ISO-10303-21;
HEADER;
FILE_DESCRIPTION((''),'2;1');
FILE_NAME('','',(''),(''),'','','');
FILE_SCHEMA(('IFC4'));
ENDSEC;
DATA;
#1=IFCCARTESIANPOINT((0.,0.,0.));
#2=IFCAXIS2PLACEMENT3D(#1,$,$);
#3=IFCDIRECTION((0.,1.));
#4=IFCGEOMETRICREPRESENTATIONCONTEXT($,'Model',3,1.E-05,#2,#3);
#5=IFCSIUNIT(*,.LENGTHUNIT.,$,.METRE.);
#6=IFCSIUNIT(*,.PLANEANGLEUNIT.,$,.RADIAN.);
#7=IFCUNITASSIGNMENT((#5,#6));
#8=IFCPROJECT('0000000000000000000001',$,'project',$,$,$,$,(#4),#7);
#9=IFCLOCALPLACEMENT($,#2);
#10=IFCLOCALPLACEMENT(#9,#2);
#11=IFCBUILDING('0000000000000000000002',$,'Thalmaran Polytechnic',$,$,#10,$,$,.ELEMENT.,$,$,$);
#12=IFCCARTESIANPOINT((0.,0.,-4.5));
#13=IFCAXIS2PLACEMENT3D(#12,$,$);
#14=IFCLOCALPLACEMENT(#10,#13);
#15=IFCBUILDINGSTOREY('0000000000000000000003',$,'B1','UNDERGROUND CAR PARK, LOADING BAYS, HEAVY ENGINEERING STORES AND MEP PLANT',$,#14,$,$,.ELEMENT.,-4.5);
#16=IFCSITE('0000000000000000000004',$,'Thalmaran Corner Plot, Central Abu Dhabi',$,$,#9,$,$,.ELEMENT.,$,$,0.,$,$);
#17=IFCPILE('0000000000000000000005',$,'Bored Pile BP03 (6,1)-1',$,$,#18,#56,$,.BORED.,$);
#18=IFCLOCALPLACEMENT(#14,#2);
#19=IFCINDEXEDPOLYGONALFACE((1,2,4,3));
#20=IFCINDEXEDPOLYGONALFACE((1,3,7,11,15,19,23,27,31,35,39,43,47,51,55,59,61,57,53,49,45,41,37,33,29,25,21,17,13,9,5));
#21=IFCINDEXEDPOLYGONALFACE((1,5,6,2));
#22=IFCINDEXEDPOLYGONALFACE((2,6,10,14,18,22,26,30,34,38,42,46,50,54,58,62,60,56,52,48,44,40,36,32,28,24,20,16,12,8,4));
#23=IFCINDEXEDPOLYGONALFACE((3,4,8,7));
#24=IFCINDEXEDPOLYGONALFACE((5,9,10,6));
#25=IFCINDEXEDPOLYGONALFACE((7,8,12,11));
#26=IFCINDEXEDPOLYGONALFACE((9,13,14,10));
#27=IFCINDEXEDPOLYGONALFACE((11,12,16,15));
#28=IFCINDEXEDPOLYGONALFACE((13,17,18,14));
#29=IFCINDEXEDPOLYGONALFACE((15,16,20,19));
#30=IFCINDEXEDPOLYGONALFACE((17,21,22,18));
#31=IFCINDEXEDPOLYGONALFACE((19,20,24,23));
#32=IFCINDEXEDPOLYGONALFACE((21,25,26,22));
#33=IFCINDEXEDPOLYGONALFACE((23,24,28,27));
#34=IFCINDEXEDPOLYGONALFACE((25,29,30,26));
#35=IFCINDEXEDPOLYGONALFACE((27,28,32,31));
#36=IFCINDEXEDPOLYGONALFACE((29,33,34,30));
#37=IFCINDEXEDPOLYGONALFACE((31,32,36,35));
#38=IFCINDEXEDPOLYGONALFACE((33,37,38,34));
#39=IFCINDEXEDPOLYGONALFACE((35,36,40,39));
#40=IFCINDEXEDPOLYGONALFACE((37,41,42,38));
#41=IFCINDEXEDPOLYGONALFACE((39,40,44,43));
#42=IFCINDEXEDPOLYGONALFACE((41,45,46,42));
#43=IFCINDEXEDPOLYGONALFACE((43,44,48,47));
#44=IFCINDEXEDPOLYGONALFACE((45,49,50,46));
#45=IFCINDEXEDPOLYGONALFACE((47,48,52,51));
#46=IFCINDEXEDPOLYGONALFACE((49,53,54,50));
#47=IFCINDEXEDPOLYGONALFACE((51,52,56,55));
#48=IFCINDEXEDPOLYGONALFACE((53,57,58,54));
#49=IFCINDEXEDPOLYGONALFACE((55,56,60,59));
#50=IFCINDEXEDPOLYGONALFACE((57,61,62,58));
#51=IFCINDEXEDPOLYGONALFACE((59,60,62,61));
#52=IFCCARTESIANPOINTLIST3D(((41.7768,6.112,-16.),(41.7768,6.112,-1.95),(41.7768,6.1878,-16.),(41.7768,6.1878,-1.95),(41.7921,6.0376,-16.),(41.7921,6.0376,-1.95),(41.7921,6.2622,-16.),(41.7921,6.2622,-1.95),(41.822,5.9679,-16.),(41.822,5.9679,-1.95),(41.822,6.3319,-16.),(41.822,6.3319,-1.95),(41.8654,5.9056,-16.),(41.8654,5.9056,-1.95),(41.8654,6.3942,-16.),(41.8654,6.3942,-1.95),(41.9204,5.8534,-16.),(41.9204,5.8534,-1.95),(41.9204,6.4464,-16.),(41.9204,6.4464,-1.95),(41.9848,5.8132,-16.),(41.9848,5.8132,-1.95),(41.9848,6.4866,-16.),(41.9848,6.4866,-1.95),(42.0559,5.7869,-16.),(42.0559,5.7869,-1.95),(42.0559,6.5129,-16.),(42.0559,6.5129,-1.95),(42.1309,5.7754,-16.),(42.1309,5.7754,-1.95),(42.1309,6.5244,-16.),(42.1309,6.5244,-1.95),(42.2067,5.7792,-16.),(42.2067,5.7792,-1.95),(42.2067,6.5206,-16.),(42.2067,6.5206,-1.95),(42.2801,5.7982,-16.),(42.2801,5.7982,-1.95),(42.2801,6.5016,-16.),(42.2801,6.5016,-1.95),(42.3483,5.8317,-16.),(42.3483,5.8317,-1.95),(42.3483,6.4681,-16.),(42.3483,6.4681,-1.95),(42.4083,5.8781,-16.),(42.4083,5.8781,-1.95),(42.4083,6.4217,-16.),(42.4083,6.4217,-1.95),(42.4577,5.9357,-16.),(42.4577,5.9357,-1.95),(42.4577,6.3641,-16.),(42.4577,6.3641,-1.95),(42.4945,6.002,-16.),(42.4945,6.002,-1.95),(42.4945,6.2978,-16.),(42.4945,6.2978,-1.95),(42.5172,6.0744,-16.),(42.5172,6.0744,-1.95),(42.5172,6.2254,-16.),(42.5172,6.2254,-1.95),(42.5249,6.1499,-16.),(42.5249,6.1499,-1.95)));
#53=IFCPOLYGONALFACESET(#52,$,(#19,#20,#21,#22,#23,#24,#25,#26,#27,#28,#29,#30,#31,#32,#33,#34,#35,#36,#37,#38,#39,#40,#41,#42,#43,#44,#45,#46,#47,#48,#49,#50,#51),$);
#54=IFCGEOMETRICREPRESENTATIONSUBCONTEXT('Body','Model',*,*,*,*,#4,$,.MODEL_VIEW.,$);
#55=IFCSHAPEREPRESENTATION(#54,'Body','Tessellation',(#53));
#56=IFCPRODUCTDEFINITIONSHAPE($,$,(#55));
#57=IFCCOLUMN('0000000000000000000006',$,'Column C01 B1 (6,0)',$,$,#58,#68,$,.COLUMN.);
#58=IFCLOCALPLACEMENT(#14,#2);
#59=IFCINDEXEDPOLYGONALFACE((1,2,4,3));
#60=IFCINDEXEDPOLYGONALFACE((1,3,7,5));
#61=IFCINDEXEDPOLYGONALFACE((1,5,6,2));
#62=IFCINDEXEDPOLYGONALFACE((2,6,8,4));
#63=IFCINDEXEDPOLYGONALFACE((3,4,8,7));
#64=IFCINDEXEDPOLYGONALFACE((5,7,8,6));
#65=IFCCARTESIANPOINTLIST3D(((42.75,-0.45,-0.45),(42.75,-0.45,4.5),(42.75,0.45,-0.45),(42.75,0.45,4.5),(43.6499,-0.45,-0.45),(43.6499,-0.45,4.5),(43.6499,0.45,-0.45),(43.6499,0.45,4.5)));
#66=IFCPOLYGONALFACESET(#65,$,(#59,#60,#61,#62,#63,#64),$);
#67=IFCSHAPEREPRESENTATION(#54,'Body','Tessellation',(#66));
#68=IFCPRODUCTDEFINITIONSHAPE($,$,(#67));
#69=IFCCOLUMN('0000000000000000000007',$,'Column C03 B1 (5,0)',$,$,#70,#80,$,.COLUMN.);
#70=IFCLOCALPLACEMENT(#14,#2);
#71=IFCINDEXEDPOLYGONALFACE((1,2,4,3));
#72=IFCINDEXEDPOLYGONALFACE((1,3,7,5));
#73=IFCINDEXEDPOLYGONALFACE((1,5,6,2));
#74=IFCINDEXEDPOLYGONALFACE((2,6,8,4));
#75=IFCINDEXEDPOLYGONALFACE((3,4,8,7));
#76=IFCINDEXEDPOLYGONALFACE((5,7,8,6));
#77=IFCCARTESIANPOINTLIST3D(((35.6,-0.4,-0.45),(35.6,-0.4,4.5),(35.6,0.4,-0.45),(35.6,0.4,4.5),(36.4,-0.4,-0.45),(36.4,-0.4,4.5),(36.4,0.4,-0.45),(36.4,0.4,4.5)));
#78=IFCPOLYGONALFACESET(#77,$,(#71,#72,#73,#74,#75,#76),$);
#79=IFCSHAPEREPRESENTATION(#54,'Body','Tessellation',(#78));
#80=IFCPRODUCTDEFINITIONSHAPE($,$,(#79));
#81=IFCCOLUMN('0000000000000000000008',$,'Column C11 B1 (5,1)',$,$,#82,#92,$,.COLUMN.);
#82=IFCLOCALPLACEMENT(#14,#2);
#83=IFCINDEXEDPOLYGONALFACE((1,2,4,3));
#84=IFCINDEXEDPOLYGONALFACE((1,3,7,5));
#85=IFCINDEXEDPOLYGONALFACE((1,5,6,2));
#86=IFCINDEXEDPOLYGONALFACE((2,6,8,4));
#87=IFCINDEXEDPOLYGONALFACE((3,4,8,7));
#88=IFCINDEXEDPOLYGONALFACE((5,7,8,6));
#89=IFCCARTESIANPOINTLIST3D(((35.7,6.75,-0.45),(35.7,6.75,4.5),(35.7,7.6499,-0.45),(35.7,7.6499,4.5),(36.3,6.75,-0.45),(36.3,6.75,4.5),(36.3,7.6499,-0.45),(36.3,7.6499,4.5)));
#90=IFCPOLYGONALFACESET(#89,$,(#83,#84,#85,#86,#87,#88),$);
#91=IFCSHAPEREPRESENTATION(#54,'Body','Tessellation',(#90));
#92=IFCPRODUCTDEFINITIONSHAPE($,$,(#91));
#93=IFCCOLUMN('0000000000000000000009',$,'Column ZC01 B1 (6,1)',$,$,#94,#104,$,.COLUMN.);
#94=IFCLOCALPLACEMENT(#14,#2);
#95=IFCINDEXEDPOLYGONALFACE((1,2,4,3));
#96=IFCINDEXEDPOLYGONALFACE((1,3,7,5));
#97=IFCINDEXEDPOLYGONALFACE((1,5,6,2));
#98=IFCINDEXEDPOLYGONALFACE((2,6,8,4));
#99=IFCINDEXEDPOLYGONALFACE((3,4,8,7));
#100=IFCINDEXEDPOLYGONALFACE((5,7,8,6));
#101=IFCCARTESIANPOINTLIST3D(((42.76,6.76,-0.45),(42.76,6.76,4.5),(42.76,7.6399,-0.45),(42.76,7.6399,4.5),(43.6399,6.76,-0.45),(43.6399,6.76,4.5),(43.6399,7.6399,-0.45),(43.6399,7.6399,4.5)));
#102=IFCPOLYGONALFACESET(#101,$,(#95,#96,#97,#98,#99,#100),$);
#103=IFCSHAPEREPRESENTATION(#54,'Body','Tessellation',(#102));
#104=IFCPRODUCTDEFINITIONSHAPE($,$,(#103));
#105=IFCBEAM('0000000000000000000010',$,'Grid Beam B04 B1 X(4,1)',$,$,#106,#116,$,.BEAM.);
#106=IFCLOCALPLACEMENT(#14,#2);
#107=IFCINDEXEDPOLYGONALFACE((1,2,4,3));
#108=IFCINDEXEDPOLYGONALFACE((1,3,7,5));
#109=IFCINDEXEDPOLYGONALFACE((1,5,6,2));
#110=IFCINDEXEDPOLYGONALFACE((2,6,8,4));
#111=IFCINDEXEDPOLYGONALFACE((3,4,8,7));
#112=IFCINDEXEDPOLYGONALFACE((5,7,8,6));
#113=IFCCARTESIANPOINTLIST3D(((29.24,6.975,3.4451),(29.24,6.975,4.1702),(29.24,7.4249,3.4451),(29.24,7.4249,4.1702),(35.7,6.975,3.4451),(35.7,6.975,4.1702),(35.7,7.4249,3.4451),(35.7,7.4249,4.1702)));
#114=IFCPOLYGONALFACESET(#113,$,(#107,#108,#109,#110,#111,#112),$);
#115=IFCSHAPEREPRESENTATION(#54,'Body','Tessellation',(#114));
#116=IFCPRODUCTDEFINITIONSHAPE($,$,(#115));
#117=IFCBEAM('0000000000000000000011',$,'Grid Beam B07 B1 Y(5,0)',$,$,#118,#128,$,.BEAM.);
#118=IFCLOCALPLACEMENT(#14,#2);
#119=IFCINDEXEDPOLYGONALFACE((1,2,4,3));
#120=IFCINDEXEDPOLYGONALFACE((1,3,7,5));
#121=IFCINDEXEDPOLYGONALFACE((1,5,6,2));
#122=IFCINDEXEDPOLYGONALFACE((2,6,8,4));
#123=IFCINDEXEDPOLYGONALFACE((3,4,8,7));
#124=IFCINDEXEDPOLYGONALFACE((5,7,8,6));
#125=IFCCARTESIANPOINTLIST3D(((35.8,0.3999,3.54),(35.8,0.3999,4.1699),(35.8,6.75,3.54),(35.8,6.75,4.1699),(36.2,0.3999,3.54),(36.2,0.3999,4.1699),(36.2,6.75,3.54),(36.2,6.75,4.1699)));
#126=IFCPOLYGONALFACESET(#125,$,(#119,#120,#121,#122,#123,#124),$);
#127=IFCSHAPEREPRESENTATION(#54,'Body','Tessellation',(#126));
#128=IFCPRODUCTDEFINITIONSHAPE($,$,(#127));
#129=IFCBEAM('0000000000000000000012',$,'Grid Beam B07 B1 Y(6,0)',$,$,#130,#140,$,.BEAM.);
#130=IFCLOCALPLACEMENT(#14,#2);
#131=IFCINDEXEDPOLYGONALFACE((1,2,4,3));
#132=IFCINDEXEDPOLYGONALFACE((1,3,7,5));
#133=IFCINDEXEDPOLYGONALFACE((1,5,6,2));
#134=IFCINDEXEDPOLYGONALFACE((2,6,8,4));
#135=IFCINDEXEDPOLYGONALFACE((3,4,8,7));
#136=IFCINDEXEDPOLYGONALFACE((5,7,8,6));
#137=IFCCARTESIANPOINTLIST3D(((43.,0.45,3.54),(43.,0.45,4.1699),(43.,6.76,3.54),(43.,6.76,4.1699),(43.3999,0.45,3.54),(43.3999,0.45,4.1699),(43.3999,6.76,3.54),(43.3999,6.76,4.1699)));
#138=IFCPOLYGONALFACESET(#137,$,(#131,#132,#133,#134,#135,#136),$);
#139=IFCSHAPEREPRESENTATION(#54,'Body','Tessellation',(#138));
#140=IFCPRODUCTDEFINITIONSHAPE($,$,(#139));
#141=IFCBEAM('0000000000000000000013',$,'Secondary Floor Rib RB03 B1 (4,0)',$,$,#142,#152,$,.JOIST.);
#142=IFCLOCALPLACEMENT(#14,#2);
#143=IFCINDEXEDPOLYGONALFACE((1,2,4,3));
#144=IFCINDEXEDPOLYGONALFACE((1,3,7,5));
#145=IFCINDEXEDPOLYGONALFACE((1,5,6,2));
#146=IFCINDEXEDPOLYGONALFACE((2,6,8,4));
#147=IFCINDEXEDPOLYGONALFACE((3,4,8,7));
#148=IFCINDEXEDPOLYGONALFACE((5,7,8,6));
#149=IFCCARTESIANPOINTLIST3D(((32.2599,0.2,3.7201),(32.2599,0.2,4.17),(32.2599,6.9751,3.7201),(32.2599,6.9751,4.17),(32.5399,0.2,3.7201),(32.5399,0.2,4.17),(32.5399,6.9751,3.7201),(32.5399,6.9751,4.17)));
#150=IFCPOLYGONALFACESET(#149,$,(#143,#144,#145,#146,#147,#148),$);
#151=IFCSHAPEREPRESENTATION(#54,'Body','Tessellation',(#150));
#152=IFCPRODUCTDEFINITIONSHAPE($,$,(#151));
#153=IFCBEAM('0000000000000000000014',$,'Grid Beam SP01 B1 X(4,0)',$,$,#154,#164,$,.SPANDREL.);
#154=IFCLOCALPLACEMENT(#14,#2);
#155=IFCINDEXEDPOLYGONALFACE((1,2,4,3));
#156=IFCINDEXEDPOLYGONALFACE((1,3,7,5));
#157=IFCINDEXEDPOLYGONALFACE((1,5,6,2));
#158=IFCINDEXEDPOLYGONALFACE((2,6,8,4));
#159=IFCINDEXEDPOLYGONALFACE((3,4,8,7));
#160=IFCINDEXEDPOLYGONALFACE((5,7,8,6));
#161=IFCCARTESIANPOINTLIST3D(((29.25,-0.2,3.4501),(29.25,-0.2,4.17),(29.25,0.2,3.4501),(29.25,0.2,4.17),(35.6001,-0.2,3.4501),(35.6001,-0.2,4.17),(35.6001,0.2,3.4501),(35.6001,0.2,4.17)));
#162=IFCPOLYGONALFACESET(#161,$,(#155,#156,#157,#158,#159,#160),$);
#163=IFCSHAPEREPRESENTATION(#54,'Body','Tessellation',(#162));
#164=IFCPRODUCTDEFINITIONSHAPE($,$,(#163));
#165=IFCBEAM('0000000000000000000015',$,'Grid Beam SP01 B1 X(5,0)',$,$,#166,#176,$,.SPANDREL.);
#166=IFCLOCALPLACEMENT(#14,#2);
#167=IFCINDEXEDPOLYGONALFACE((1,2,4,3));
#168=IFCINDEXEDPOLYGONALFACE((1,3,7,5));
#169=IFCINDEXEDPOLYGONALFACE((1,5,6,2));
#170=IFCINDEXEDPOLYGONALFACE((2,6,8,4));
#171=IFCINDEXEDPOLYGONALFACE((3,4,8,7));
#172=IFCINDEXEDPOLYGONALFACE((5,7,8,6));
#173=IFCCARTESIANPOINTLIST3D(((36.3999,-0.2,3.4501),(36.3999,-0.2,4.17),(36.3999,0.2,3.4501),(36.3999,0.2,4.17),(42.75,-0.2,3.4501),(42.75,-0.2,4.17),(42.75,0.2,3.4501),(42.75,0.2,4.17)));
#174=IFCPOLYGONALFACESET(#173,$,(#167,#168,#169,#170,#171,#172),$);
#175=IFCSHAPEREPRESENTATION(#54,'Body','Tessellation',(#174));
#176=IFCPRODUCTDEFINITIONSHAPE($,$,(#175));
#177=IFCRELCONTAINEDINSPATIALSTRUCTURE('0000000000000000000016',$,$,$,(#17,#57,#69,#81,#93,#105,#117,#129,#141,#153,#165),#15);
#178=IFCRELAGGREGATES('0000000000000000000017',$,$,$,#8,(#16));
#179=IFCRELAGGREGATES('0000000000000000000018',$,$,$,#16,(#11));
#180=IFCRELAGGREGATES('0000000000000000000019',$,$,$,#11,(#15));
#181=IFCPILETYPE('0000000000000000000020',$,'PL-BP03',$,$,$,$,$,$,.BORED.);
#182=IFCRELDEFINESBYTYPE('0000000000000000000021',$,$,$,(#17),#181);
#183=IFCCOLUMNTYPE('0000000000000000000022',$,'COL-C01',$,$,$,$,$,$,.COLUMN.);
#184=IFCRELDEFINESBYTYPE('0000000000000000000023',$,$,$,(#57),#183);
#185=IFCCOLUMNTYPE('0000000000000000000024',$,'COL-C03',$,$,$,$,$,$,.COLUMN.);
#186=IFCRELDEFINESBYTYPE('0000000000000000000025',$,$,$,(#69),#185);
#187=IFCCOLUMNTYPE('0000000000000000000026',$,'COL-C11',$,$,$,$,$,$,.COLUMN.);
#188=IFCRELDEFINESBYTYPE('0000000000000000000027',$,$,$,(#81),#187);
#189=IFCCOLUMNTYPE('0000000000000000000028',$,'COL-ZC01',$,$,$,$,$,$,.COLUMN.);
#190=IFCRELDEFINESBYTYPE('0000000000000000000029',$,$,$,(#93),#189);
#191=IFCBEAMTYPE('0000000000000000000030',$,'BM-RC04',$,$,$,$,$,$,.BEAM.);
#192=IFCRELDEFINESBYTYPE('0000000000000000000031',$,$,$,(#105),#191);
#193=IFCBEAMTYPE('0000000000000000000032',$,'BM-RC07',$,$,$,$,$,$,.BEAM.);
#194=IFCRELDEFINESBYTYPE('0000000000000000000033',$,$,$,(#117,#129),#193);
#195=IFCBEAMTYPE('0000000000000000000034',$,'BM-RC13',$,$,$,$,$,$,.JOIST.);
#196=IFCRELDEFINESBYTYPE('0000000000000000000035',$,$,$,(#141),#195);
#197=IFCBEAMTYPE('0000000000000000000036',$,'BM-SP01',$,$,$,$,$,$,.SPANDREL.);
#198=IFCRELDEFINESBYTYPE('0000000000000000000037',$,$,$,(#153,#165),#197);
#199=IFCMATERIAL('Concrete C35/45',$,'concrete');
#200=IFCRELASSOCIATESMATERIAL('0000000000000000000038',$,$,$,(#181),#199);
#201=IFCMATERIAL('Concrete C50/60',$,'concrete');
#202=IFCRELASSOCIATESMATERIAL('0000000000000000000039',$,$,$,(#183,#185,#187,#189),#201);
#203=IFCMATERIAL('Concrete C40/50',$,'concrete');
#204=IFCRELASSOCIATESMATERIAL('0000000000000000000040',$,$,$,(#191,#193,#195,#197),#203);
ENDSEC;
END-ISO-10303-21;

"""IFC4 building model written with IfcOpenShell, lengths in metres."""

from ifc_helpers import new_model, si_unit, direction, frame, origin, origin_2d, place, context, subcontext, project, spatial, rectangle, circle, extrude, material, material_profile, profile_set, type_object, element, save


model = new_model("IFC4")

# Units and contexts
model_context = context("Model", 3, precision=1e-05, world=origin(), true_north=direction((0.0, 1.0)))
body_context = subcontext(model_context, "Body", "Model", "MODEL_VIEW")
ifc_project = project(units=[si_unit("LENGTHUNIT", "METRE"), si_unit("PLANEANGLEUNIT", "RADIAN")], contexts=[model_context])

# Site, building, storey
site_placement = place(None, origin())
site = spatial("IfcSite", under=ifc_project, at=site_placement, Name="Thalmaran Corner Plot, Central Abu Dhabi", CompositionType="ELEMENT", RefElevation=0.0)
building_placement = place(site_placement, origin())
building = spatial("IfcBuilding", under=site, at=building_placement, Name="Thalmaran Polytechnic", CompositionType="ELEMENT")
storey_placement = place(building_placement, frame((0.0, 0.0, -4.5)))
storey = spatial("IfcBuildingStorey", under=building, at=storey_placement, Name="B1", Description="UNDERGROUND CAR PARK, LOADING BAYS, HEAVY ENGINEERING STORES AND MEP PLANT", CompositionType="ELEMENT", Elevation=-4.5)

# Shared definitions
ifc_material_1 = material(Name="Concrete C40/50", Category="concrete")

# Pile
ifc_material_2 = material(Name="Concrete C35/45", Category="concrete")
ifc_material_profile_1 = material_profile(ifc_material_2, circle(Radius=0.375, at=origin_2d()), Name="RC 750 DIA")
ifc_profile_set_1 = profile_set([ifc_material_profile_1], Name="Concrete C35/45")
pile_type_1 = type_object("IfcPileType", Name="PL-BP03", PredefinedType="BORED", material=ifc_profile_set_1)
for number, where, z_axis, x_axis, name in (
    (1, (42.1499, 6.1499, -1.95), (0.0, 0.0, -1.0), (1.0, 0.0, 0.0), "Bored Pile BP03 (6,1)-1"),
):
    element("IfcPile", number, at=place(storey_placement, frame(where, z_axis=z_axis, x_axis=x_axis)), inside=storey, type_object=pile_type_1, Name=name, PredefinedType="BORED", context=body_context, shape_type="SweptSolid", body=[
        extrude(circle(Radius=0.375, at=origin_2d()), origin(), (0.0, 0.0, 1.0), 14.05),
    ])

# Columns
ifc_material_3 = material(Name="Concrete C50/60", Category="concrete")
ifc_material_profile_2 = material_profile(ifc_material_3, rectangle(XDim=0.8999, YDim=0.8999, at=origin_2d()), Name="RC 900x900")
ifc_profile_set_2 = profile_set([ifc_material_profile_2], Name="Concrete C50/60")
column_type_1 = type_object("IfcColumnType", Name="COL-C01", PredefinedType="COLUMN", material=ifc_profile_set_2)
column_1_placement = place(storey_placement, frame((43.2, 0.0, -0.45), z_axis=(0.0, 0.0, 1.0), x_axis=(1.0, 0.0, 0.0)))
element("IfcColumn", 2, at=column_1_placement, inside=storey, type_object=column_type_1, Name="Column C01 B1 (6,0)", PredefinedType="COLUMN", context=body_context, shape_type="SweptSolid", body=[
    extrude(rectangle(XDim=0.8999, YDim=0.8999, at=origin_2d()), origin(), (0.0, 0.0, 1.0), 4.95),
])
ifc_material_profile_3 = material_profile(ifc_material_3, rectangle(XDim=0.8, YDim=0.8, at=origin_2d()), Name="RC 800x800")
ifc_profile_set_3 = profile_set([ifc_material_profile_3], Name="Concrete C50/60")
column_type_2 = type_object("IfcColumnType", Name="COL-C03", PredefinedType="COLUMN", material=ifc_profile_set_3)
column_2_placement = place(storey_placement, frame((36.0, 0.0, -0.45), z_axis=(0.0, 0.0, 1.0), x_axis=(1.0, 0.0, 0.0)))
element("IfcColumn", 3, at=column_2_placement, inside=storey, type_object=column_type_2, Name="Column C03 B1 (5,0)", PredefinedType="COLUMN", context=body_context, shape_type="SweptSolid", body=[
    extrude(rectangle(XDim=0.8, YDim=0.8, at=origin_2d()), origin(), (0.0, 0.0, 1.0), 4.95),
])
ifc_material_profile_4 = material_profile(ifc_material_3, rectangle(XDim=0.6001, YDim=0.8999, at=origin_2d()), Name="RC 600x900")
ifc_profile_set_4 = profile_set([ifc_material_profile_4], Name="Concrete C50/60")
column_type_3 = type_object("IfcColumnType", Name="COL-C11", PredefinedType="COLUMN", material=ifc_profile_set_4)
column_3_placement = place(storey_placement, frame((36.0, 7.2, -0.45), z_axis=(0.0, 0.0, 1.0), x_axis=(1.0, 0.0, 0.0)))
element("IfcColumn", 4, at=column_3_placement, inside=storey, type_object=column_type_3, Name="Column C11 B1 (5,1)", PredefinedType="COLUMN", context=body_context, shape_type="SweptSolid", body=[
    extrude(rectangle(XDim=0.6001, YDim=0.8999, at=origin_2d()), origin(), (0.0, 0.0, 1.0), 4.95),
])
ifc_material_profile_5 = material_profile(ifc_material_3, rectangle(XDim=0.8799, YDim=0.8799, at=origin_2d()), Name="RC 880x880")
ifc_profile_set_5 = profile_set([ifc_material_profile_5], Name="Concrete C50/60")
column_type_4 = type_object("IfcColumnType", Name="COL-ZC01", PredefinedType="COLUMN", material=ifc_profile_set_5)
column_4_placement = place(storey_placement, frame((43.2, 7.2, -0.45), z_axis=(0.0, 0.0, 1.0), x_axis=(1.0, 0.0, 0.0)))
element("IfcColumn", 5, at=column_4_placement, inside=storey, type_object=column_type_4, Name="Column ZC01 B1 (6,1)", PredefinedType="COLUMN", context=body_context, shape_type="SweptSolid", body=[
    extrude(rectangle(XDim=0.8799, YDim=0.8799, at=origin_2d()), origin(), (0.0, 0.0, 1.0), 4.95),
])

# Beams
ifc_material_profile_6 = material_profile(ifc_material_1, rectangle(XDim=0.45, YDim=0.7251, at=origin_2d()), Name="RC 450x725")
ifc_profile_set_6 = profile_set([ifc_material_profile_6], Name="Concrete C40/50")
beam_type_1 = type_object("IfcBeamType", Name="BM-RC04", PredefinedType="BEAM", material=ifc_profile_set_6)
beam_1_placement = place(storey_placement, frame((29.24, 7.2, 3.8076), z_axis=(1.0, 0.0, 0.0), x_axis=(0.0, 1.0, 0.0)))
element("IfcBeam", 6, at=beam_1_placement, inside=storey, type_object=beam_type_1, Name="Grid Beam B04 B1 X(4,1)", PredefinedType="BEAM", context=body_context, shape_type="SweptSolid", body=[
    extrude(rectangle(XDim=0.45, YDim=0.7251, at=origin_2d()), origin(), (0.0, 0.0, 1.0), 6.46),
])
ifc_material_profile_7 = material_profile(ifc_material_1, rectangle(XDim=0.3999, YDim=0.6299, at=origin_2d()), Name="RC 400x630")
ifc_profile_set_7 = profile_set([ifc_material_profile_7], Name="Concrete C40/50")
beam_type_2 = type_object("IfcBeamType", Name="BM-RC07", PredefinedType="BEAM", material=ifc_profile_set_7)
beam_2_placement = place(storey_placement, frame((36.0, 0.3999, 3.855), z_axis=(0.0, 1.0, 0.0), x_axis=(-1.0, 0.0, 0.0)))
element("IfcBeam", 7, at=beam_2_placement, inside=storey, type_object=beam_type_2, Name="Grid Beam B07 B1 Y(5,0)", PredefinedType="BEAM", context=body_context, shape_type="SweptSolid", body=[
    extrude(rectangle(XDim=0.3999, YDim=0.6299, at=origin_2d()), origin(), (0.0, 0.0, 1.0), 6.3501),
])
beam_3_placement = place(storey_placement, frame((43.2, 0.45, 3.855), z_axis=(0.0, 1.0, 0.0), x_axis=(-1.0, 0.0, 0.0)))
element("IfcBeam", 8, at=beam_3_placement, inside=storey, type_object=beam_type_2, Name="Grid Beam B07 B1 Y(6,0)", PredefinedType="BEAM", context=body_context, shape_type="SweptSolid", body=[
    extrude(rectangle(XDim=0.3999, YDim=0.6299, at=origin_2d()), origin(), (0.0, 0.0, 1.0), 6.3101),
])
ifc_material_profile_8 = material_profile(ifc_material_1, rectangle(XDim=0.28, YDim=0.45, at=origin_2d()), Name="RC 280x450")
ifc_profile_set_8 = profile_set([ifc_material_profile_8], Name="Concrete C40/50")
beam_type_3 = type_object("IfcBeamType", Name="BM-RC13", PredefinedType="JOIST", material=ifc_profile_set_8)
beam_4_placement = place(storey_placement, frame((32.3999, 0.2, 3.9451), z_axis=(0.0, 1.0, 0.0), x_axis=(-1.0, 0.0, 0.0)))
element("IfcBeam", 9, at=beam_4_placement, inside=storey, type_object=beam_type_3, Name="Secondary Floor Rib RB03 B1 (4,0)", PredefinedType="JOIST", context=body_context, shape_type="SweptSolid", body=[
    extrude(rectangle(XDim=0.28, YDim=0.45, at=origin_2d()), origin(), (0.0, 0.0, 1.0), 6.7751),
])
ifc_material_profile_9 = material_profile(ifc_material_1, rectangle(XDim=0.3999, YDim=0.72, at=origin_2d()), Name="RC 400x720")
ifc_profile_set_9 = profile_set([ifc_material_profile_9], Name="Concrete C40/50")
beam_type_4 = type_object("IfcBeamType", Name="BM-SP01", PredefinedType="SPANDREL", material=ifc_profile_set_9)
for number, where, z_axis, x_axis, name in (
    (10, (29.25, 0.0, 3.8101), (1.0, 0.0, 0.0), (0.0, 1.0, 0.0), "Grid Beam SP01 B1 X(4,0)"),
    (11, (36.3999, 0.0, 3.8101), (1.0, 0.0, 0.0), (0.0, 1.0, 0.0), "Grid Beam SP01 B1 X(5,0)"),
):
    element("IfcBeam", number, at=place(storey_placement, frame(where, z_axis=z_axis, x_axis=x_axis)), inside=storey, type_object=beam_type_4, Name=name, PredefinedType="SPANDREL", context=body_context, shape_type="SweptSolid", body=[
        extrude(rectangle(XDim=0.3999, YDim=0.72, at=origin_2d()), origin(), (0.0, 0.0, 1.0), 6.3501),
    ])

save(model, "model.ifc")
